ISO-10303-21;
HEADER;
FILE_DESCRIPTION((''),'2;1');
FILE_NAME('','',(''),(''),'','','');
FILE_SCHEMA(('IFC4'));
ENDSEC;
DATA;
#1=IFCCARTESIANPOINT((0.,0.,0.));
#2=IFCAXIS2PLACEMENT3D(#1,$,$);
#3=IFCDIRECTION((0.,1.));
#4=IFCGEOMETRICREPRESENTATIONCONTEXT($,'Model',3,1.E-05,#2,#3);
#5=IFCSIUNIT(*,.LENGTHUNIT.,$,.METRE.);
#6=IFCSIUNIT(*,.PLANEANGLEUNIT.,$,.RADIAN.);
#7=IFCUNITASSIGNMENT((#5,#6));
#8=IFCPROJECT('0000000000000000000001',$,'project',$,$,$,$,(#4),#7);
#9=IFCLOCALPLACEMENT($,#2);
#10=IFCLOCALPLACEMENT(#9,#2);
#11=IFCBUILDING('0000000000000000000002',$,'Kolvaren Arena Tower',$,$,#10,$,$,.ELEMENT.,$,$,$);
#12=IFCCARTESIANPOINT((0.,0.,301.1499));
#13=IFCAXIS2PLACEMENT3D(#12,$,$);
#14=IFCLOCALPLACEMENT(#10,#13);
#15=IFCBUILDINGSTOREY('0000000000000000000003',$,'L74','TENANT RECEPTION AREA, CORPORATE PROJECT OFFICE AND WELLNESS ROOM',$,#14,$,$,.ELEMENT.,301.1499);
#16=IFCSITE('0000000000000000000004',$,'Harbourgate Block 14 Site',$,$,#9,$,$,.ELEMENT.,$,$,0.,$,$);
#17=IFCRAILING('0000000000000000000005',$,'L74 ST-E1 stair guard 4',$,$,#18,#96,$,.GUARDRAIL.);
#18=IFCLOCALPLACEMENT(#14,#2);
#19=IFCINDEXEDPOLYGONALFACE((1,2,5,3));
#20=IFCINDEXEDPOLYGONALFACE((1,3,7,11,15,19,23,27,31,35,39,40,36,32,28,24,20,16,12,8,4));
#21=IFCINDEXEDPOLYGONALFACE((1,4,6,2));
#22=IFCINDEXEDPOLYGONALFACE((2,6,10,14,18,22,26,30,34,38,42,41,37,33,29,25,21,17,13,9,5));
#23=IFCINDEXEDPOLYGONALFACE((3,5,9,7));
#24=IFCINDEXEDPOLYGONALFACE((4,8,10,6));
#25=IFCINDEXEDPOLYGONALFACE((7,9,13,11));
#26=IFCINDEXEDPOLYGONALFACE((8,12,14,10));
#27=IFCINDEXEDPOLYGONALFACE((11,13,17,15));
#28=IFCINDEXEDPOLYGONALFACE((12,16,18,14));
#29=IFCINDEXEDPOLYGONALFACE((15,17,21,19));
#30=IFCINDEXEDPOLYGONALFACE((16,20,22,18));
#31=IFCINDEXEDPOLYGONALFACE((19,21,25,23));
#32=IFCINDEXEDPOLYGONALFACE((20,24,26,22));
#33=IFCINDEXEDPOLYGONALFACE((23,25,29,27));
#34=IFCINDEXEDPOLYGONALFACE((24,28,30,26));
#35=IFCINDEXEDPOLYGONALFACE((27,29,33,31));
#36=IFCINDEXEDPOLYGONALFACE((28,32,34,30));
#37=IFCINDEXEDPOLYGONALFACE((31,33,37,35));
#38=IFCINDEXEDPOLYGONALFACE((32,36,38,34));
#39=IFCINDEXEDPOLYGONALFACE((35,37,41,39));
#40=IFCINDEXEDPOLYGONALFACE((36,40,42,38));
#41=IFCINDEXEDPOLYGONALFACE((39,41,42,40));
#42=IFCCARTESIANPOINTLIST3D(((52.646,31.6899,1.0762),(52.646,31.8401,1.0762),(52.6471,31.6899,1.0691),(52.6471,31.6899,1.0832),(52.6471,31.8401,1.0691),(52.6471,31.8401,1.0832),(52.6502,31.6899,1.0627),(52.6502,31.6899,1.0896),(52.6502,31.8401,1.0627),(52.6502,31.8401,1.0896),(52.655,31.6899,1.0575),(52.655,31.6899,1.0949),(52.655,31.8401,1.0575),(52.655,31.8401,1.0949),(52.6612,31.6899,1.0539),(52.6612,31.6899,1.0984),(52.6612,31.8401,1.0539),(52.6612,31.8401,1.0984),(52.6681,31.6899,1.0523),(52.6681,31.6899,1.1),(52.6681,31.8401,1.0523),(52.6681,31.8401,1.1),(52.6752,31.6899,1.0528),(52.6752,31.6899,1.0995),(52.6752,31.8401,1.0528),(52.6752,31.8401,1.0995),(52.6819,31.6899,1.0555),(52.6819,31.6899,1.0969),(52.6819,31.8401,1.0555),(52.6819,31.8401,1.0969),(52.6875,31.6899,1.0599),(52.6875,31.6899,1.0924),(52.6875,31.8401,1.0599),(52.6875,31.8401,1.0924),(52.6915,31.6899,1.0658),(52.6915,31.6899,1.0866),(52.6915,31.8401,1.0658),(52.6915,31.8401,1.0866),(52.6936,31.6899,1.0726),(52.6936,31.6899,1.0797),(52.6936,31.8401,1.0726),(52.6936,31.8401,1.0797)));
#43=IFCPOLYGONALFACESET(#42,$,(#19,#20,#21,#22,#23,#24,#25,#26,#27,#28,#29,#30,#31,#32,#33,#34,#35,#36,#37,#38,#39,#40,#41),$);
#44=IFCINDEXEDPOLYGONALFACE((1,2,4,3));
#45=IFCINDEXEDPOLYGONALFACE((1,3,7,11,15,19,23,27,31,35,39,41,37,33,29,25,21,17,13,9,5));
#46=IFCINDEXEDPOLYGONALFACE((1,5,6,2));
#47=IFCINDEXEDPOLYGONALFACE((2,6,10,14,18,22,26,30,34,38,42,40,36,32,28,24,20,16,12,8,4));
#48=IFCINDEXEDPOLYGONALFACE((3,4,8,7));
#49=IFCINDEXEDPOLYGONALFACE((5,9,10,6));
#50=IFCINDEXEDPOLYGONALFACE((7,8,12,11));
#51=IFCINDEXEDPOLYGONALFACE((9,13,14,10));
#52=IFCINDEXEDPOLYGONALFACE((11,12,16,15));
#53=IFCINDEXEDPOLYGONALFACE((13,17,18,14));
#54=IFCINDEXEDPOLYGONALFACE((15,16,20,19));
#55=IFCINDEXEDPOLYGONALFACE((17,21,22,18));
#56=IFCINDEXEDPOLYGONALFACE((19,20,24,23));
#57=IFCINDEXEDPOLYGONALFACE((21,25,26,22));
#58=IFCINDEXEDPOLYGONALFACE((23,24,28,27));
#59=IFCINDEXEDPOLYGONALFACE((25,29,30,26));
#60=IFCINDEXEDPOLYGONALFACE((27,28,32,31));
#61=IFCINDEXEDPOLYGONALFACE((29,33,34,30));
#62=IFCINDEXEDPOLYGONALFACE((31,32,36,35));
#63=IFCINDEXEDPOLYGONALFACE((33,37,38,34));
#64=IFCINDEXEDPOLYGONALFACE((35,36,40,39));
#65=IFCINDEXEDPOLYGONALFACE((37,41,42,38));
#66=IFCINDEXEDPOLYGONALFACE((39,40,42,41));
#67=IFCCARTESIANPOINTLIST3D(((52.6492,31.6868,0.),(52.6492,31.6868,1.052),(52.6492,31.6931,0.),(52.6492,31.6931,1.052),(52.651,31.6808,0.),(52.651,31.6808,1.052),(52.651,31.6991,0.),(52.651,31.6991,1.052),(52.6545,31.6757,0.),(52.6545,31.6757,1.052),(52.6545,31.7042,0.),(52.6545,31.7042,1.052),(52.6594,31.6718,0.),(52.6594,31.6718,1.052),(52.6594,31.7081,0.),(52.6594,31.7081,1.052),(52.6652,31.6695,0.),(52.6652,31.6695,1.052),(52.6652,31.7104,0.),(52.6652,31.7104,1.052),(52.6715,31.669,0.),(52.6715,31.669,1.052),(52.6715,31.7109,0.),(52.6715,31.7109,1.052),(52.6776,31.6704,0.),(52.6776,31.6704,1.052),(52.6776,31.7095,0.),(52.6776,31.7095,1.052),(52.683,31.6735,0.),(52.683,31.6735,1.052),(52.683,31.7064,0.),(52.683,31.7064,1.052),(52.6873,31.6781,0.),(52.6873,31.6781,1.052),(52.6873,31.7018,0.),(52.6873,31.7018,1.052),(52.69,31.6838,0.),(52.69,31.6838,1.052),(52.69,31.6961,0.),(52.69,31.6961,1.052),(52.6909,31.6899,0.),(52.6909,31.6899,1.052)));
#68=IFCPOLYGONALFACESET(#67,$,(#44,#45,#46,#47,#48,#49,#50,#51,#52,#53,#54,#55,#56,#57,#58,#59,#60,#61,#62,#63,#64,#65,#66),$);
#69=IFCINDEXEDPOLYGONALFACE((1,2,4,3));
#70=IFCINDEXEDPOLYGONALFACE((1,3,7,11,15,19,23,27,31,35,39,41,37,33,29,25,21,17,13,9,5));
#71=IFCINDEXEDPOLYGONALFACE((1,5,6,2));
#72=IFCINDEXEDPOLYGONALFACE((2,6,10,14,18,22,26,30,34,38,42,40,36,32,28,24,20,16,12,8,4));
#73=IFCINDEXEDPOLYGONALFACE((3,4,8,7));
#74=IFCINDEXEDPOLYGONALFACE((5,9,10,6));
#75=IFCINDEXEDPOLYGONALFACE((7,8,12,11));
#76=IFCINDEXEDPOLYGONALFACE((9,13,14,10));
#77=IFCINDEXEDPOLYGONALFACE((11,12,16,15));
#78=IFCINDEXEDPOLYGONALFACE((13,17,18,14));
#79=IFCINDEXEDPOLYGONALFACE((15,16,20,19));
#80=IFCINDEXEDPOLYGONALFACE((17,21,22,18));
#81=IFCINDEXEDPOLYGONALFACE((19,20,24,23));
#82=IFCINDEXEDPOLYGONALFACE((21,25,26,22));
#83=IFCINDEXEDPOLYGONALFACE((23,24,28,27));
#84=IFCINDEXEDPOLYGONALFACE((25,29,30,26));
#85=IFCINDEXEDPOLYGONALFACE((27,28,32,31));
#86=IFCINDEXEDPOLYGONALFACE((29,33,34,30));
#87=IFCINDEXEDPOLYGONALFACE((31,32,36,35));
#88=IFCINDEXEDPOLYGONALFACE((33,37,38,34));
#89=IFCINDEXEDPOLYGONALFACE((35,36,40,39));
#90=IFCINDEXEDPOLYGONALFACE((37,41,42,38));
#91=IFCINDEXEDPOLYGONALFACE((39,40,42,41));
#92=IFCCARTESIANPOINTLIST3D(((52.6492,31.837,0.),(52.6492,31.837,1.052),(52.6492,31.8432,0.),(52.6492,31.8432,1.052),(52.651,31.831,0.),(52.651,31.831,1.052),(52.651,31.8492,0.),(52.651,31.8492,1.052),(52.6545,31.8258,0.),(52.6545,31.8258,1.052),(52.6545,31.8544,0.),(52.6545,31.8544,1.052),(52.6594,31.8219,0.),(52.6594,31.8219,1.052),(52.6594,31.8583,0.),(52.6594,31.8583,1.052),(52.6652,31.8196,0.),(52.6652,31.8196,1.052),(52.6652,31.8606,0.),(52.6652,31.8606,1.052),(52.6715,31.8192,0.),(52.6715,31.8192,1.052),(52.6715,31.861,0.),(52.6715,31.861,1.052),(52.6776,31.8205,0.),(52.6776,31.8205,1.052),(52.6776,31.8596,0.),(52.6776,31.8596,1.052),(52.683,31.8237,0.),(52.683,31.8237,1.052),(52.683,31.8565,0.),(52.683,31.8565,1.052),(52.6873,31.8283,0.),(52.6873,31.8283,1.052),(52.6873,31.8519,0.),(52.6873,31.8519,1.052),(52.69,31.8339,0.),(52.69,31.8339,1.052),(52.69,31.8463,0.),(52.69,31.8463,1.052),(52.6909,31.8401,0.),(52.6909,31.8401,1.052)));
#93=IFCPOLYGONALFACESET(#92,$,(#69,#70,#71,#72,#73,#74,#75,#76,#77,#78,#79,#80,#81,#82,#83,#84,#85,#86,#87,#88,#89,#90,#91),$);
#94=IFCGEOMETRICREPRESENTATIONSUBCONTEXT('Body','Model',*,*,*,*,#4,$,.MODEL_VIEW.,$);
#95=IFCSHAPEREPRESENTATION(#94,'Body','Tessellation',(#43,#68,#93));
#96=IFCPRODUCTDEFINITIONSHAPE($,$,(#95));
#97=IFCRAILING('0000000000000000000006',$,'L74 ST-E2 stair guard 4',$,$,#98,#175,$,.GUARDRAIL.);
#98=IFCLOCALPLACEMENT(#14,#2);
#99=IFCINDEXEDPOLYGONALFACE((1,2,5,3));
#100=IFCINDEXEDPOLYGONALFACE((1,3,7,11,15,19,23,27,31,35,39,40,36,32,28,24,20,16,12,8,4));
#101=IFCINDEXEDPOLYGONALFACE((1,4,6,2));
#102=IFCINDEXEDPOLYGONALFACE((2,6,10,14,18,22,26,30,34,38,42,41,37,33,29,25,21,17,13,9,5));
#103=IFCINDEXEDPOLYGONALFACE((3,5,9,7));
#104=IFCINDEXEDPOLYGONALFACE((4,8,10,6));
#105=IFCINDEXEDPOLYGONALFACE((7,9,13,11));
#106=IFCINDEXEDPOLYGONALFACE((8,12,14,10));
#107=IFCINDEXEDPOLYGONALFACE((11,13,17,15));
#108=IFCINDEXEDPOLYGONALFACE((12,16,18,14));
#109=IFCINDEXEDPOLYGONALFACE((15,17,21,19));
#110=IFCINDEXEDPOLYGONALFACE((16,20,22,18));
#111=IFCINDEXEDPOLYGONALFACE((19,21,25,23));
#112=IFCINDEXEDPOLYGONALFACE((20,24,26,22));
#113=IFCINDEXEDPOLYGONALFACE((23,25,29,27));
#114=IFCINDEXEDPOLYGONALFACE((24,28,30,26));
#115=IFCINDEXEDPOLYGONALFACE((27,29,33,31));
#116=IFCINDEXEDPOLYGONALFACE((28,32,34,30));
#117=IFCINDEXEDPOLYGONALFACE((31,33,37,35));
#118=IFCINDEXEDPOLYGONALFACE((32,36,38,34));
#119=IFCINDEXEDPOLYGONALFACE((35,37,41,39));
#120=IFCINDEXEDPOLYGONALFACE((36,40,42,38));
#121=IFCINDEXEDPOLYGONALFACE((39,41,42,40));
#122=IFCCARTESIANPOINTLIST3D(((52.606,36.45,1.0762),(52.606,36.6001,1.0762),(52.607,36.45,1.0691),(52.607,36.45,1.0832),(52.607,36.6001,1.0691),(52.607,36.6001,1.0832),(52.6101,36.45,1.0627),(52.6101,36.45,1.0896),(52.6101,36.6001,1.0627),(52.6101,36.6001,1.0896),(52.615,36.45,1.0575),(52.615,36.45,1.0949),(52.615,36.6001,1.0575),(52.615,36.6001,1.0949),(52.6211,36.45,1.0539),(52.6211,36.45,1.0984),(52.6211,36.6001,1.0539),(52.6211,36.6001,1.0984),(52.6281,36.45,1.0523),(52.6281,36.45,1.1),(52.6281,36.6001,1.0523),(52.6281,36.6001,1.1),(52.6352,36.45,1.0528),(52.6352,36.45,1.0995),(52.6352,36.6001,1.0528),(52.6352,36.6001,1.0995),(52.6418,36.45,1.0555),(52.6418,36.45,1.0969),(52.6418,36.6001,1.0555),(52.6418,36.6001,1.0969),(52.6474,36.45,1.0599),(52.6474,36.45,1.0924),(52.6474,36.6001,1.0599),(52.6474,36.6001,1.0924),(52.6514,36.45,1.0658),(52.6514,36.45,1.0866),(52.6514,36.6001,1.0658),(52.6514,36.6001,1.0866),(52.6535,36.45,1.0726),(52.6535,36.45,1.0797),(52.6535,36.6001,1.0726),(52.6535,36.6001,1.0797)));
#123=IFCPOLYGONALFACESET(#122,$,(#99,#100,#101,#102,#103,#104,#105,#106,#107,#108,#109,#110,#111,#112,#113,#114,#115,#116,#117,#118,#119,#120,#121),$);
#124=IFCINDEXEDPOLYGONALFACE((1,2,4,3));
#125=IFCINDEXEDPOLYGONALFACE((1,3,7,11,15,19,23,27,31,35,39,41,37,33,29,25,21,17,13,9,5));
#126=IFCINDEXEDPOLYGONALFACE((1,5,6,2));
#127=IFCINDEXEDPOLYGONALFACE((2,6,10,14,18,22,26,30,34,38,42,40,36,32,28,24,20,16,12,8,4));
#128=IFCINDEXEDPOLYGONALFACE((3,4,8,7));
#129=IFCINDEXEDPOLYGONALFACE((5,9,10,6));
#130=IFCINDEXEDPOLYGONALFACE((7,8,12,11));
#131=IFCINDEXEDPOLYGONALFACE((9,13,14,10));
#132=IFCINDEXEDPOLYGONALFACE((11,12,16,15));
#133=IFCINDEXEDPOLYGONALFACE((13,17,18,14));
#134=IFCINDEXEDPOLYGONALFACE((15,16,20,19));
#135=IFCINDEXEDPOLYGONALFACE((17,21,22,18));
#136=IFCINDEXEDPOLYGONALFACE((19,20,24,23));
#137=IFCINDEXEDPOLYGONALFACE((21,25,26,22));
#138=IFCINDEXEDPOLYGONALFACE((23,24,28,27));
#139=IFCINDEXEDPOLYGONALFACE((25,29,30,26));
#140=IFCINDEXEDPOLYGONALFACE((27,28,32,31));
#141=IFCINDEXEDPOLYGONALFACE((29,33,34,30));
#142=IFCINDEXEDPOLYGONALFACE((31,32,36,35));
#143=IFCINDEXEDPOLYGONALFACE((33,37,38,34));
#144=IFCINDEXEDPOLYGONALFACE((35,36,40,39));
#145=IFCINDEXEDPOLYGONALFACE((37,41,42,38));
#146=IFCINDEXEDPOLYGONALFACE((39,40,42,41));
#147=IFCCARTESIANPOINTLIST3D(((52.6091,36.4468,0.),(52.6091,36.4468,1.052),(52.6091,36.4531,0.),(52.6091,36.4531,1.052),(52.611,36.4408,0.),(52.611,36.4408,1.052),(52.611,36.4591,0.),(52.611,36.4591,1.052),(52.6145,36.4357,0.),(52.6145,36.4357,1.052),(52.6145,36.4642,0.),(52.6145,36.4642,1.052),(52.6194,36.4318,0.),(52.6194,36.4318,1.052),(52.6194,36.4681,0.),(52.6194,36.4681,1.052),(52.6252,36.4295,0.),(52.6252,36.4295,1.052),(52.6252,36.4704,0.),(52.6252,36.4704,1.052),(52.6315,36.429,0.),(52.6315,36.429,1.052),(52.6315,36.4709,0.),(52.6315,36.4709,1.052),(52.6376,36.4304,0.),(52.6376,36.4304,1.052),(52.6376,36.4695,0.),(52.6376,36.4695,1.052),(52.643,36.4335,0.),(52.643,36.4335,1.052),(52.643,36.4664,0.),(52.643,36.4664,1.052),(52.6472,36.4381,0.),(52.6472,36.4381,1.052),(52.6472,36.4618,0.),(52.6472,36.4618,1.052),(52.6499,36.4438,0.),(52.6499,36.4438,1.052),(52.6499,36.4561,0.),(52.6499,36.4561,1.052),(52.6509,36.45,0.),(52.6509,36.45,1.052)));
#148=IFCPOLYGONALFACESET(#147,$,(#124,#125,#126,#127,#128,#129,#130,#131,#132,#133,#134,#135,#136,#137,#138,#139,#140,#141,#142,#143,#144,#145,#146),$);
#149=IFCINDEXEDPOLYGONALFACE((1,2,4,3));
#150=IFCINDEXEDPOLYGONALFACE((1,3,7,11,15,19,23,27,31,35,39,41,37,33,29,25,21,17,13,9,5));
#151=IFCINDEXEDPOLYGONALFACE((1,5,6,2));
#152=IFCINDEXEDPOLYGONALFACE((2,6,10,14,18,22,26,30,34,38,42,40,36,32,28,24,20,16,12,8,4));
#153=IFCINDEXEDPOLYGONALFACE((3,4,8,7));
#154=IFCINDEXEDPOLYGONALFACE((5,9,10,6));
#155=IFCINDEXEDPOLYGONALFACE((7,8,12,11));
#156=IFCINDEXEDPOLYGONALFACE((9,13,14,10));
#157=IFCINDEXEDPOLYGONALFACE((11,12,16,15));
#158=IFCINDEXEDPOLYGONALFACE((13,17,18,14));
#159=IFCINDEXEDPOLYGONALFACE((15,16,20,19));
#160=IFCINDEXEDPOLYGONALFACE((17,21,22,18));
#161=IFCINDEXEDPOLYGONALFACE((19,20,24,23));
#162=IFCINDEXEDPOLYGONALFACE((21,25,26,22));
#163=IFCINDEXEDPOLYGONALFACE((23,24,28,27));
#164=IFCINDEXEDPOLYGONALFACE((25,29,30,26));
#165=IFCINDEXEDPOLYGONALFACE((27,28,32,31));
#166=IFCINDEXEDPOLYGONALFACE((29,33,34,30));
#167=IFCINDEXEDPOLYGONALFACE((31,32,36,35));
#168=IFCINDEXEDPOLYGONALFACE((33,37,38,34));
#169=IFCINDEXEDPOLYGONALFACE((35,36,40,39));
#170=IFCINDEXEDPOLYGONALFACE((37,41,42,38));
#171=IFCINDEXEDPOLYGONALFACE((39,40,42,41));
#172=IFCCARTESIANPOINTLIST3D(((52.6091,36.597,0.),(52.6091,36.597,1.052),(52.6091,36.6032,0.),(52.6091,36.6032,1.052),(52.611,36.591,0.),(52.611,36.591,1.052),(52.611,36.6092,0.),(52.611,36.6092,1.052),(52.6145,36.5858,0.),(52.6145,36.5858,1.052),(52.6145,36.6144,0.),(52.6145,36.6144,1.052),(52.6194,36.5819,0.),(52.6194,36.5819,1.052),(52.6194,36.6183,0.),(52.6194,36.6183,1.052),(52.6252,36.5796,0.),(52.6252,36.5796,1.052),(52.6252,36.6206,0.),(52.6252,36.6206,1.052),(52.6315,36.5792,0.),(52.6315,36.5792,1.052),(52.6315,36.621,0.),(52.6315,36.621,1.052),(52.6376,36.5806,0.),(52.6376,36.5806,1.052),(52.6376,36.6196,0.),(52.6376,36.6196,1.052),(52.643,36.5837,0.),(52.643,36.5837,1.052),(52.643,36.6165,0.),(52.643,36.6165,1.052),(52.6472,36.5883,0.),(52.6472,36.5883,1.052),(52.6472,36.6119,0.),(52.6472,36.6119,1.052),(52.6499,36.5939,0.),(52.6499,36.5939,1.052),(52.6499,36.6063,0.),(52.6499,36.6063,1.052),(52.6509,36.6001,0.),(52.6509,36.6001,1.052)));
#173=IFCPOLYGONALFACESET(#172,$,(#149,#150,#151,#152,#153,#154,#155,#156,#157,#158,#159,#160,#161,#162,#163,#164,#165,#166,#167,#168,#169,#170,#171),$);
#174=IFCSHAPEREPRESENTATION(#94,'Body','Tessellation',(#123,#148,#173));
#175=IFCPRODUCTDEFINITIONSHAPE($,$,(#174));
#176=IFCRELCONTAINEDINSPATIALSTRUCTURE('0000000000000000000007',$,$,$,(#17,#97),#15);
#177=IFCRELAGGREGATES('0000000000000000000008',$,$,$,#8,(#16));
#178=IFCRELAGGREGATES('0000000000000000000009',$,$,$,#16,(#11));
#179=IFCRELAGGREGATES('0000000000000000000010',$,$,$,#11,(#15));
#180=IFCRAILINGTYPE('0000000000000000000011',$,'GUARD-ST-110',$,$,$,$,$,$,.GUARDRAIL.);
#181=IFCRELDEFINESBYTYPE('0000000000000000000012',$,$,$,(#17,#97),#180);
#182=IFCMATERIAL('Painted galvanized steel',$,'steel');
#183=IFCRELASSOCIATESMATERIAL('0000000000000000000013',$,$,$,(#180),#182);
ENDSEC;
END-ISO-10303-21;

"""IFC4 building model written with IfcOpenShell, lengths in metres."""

from ifc_helpers import new_model, si_unit, direction, frame, origin, origin_2d, place, context, subcontext, project, spatial, circle, extrude, material, type_object, element, save


model = new_model("IFC4")

# Units and contexts
model_context = context("Model", 3, precision=1e-05, world=origin(), true_north=direction((0.0, 1.0)))
body_context = subcontext(model_context, "Body", "Model", "MODEL_VIEW")
ifc_project = project(units=[si_unit("LENGTHUNIT", "METRE"), si_unit("PLANEANGLEUNIT", "RADIAN")], contexts=[model_context])

# Site, building, storey
site_placement = place(None, origin())
site = spatial("IfcSite", under=ifc_project, at=site_placement, Name="Harbourgate Block 14 Site", CompositionType="ELEMENT", RefElevation=0.0)
building_placement = place(site_placement, origin())
building = spatial("IfcBuilding", under=site, at=building_placement, Name="Kolvaren Arena Tower", CompositionType="ELEMENT")
storey_placement = place(building_placement, frame((0.0, 0.0, 301.1499)))
storey = spatial("IfcBuildingStorey", under=building, at=storey_placement, Name="L74", Description="TENANT RECEPTION AREA, CORPORATE PROJECT OFFICE AND WELLNESS ROOM", CompositionType="ELEMENT", Elevation=301.1499)

# Railings
ifc_material_1 = material(Name="Painted galvanized steel", Category="steel")
railing_type_1 = type_object("IfcRailingType", Name="GUARD-ST-110", PredefinedType="GUARDRAIL", material=ifc_material_1)
for number, where, name in (
    (1, (52.6699, 31.6899, 0.0), "L74 ST-E1 stair guard 4"),
    (2, (52.6299, 36.45, 0.0), "L74 ST-E2 stair guard 4"),
):
    element("IfcRailing", number, at=place(storey_placement, frame(where)), inside=storey, type_object=railing_type_1, Name=name, PredefinedType="GUARDRAIL", context=body_context, shape_type="SweptSolid", body=[
        extrude(circle(Radius=0.0239, at=origin_2d()), frame((0.0, 0.0, 1.0762), z_axis=(0.0, 1.0, 0.0), x_axis=(-1.0, 0.0, 0.0)), (0.0, 0.0, 1.0), 0.1501),
        extrude(circle(Radius=0.021, at=origin_2d()), origin(), (0.0, 0.0, 1.0), 1.052),
        extrude(circle(Radius=0.021, at=origin_2d()), frame((0.0, 0.1501, 0.0)), (0.0, 0.0, 1.0), 1.052),
    ])

save(model, "model.ifc")
